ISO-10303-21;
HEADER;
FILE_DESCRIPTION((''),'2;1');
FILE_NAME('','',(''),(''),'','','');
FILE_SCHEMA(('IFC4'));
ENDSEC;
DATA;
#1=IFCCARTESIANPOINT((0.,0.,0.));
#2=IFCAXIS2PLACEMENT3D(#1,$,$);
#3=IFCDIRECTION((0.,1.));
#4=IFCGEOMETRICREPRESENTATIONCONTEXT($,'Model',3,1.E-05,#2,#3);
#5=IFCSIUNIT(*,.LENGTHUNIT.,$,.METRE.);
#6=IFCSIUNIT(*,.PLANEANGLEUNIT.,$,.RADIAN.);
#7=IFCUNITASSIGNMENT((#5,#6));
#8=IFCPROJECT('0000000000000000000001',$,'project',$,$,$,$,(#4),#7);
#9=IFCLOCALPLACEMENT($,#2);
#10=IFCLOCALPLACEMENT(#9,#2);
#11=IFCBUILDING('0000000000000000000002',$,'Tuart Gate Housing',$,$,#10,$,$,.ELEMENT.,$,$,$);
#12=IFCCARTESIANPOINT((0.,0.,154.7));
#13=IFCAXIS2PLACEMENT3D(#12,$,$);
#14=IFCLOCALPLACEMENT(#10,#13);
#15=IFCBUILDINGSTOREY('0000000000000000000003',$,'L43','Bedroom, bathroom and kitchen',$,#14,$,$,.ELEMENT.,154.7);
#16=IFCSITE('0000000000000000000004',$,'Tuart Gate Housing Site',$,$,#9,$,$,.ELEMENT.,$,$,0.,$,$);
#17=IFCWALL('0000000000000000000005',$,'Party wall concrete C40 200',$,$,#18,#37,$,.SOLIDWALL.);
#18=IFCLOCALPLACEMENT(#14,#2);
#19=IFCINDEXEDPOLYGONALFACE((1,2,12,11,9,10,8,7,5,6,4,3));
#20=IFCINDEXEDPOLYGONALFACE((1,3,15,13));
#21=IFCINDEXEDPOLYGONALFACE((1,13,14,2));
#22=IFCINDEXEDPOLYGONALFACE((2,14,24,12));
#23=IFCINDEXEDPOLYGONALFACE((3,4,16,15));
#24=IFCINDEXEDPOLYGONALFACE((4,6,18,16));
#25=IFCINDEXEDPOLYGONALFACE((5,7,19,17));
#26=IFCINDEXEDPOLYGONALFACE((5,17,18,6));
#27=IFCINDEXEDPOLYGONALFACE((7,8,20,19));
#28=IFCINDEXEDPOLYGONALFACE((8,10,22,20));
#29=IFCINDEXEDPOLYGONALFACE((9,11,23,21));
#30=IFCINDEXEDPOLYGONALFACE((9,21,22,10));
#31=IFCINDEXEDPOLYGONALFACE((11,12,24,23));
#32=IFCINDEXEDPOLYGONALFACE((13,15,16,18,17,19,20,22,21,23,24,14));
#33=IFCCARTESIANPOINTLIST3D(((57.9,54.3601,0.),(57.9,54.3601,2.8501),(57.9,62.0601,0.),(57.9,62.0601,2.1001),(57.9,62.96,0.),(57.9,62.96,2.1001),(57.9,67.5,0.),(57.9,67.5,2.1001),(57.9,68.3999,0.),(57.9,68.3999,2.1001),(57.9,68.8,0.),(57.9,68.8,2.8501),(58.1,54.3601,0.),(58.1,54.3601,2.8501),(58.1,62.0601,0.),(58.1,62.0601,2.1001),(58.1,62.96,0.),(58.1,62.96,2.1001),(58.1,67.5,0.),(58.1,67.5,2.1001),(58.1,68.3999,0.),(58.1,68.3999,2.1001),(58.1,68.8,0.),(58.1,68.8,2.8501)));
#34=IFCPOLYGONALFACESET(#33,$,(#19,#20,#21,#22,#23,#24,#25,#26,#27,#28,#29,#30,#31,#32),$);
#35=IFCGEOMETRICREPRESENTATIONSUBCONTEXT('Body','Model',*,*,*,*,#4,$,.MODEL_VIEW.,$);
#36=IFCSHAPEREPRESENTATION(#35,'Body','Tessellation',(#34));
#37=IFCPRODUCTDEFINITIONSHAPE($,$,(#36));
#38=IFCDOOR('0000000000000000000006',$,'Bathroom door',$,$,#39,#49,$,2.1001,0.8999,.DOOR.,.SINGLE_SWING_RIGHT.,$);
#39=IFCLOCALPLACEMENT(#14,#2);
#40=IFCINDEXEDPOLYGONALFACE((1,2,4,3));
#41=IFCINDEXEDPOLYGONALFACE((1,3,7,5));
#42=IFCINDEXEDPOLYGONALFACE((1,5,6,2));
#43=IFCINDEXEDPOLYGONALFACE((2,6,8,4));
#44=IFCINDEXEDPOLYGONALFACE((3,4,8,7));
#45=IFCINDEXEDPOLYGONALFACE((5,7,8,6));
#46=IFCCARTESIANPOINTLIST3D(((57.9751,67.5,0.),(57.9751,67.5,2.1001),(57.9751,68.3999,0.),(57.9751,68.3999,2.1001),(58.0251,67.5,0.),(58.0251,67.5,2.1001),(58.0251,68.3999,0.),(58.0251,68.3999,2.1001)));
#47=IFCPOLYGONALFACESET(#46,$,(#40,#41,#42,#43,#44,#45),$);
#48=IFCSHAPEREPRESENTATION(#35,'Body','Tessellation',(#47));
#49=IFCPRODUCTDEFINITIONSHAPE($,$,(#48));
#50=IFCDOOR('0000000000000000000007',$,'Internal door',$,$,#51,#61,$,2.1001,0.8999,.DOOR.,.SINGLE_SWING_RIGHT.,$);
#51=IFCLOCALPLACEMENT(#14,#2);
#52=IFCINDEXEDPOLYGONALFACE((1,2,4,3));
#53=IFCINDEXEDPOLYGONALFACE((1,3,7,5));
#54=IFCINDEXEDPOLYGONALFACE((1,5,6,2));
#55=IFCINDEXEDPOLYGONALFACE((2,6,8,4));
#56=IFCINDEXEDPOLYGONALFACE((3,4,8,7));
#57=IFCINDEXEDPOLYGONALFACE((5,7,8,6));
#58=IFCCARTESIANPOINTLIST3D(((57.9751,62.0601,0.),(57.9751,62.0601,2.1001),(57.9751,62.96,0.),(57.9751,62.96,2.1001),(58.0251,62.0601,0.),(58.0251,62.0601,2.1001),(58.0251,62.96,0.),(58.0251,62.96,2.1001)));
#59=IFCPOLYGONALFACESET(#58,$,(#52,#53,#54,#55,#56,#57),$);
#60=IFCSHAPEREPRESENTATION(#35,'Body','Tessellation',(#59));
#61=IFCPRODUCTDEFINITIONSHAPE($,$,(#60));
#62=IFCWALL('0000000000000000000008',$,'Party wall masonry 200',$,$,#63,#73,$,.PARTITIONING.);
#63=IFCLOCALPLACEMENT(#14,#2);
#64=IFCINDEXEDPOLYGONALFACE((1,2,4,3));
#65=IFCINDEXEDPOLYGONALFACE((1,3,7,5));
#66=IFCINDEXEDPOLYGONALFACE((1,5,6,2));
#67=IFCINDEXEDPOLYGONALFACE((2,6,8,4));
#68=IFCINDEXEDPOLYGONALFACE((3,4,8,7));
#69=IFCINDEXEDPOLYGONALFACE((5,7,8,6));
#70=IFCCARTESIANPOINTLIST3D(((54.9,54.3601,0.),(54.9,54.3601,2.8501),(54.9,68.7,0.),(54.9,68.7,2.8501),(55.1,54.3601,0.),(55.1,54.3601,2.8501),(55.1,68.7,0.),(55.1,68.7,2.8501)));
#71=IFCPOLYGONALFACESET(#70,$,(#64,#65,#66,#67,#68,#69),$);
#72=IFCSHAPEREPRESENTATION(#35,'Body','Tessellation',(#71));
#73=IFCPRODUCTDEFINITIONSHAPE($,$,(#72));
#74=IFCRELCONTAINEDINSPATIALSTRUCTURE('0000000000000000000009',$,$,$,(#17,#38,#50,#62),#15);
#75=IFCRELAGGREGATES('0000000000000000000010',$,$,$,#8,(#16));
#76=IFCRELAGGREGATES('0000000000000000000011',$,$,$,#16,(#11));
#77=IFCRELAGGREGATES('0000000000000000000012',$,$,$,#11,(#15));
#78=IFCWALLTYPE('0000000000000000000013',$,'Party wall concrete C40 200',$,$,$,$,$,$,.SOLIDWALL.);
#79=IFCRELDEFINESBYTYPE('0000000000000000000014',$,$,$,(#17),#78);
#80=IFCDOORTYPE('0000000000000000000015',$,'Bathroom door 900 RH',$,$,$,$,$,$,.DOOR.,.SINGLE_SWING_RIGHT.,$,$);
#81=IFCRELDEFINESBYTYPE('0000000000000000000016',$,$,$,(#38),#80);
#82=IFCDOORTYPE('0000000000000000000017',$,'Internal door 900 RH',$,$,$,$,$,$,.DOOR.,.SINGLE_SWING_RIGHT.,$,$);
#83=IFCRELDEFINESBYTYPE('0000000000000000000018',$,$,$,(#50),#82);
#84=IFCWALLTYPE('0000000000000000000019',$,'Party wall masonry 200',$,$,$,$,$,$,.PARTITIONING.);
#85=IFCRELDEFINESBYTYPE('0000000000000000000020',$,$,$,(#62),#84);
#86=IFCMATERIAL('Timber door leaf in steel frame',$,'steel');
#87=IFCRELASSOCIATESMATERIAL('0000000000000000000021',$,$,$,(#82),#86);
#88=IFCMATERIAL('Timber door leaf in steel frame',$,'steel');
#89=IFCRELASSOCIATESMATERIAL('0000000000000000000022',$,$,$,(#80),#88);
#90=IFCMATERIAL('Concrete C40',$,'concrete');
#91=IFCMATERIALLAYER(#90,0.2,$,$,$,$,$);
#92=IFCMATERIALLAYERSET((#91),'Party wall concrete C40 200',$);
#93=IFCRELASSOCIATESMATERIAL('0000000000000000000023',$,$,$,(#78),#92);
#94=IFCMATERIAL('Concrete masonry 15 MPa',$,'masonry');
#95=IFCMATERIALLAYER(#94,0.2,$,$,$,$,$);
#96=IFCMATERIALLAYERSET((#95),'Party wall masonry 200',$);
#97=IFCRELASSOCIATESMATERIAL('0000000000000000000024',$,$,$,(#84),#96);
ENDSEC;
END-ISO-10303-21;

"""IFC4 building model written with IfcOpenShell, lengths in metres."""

from ifc_helpers import new_model, si_unit, direction, frame, frame_2d, origin, place, context, subcontext, project, spatial, rectangle, extrude, material, layer, layer_set, type_object, element, fill, save


model = new_model("IFC4")

# Units and contexts
model_context = context("Model", 3, precision=1e-05, world=origin(), true_north=direction((0.0, 1.0)))
body_context = subcontext(model_context, "Body", "Model", "MODEL_VIEW")
ifc_project = project(units=[si_unit("LENGTHUNIT", "METRE"), si_unit("PLANEANGLEUNIT", "RADIAN")], contexts=[model_context])

# Site, building, storey
site_placement = place(None, origin())
site = spatial("IfcSite", under=ifc_project, at=site_placement, Name="Tuart Gate Housing Site", CompositionType="ELEMENT", RefElevation=0.0)
building_placement = place(site_placement, origin())
building = spatial("IfcBuilding", under=site, at=building_placement, Name="Tuart Gate Housing", CompositionType="ELEMENT")
storey_placement = place(building_placement, frame((0.0, 0.0, 154.7)))
storey = spatial("IfcBuildingStorey", under=building, at=storey_placement, Name="L43", Description="Bedroom, bathroom and kitchen", CompositionType="ELEMENT", Elevation=154.7)

# Shared definitions
ifc_material_1 = material(Name="Timber door leaf in steel frame", Category="steel")
door_type_1 = type_object("IfcDoorType", Name="Internal door 900 RH", OperationType="SINGLE_SWING_RIGHT", PredefinedType="DOOR", material=ifc_material_1)

# Shared definitions
ifc_material_2 = material(Name="Timber door leaf in steel frame", Category="steel")
door_type_2 = type_object("IfcDoorType", Name="Bathroom door 900 RH", OperationType="SINGLE_SWING_RIGHT", PredefinedType="DOOR", material=ifc_material_2)

# Shared definitions
ifc_material_3 = material(Name="Concrete C40", Category="concrete")
ifc_layer_1 = layer(ifc_material_3, 0.2)
ifc_layer_set_1 = layer_set([ifc_layer_1], Name="Party wall concrete C40 200")
wall_type_1 = type_object("IfcWallType", Name="Party wall concrete C40 200", PredefinedType="SOLIDWALL", material=ifc_layer_set_1)

# Wall, openings, doors
wall_1_placement = place(storey_placement, frame((58.0, 54.3601, 0.0), z_axis=(0.0, 0.0, 1.0), x_axis=(0.0, 1.0, 0.0)))
wall_1 = element("IfcWall", 1, at=wall_1_placement, inside=storey, type_object=wall_type_1, Name="Party wall concrete C40 200", PredefinedType="SOLIDWALL", context=body_context, shape_type="SweptSolid", body=[
    extrude(rectangle(XDim=14.4399, YDim=0.2, at=frame_2d((7.22, 0.0))), origin(), (0.0, 0.0, 1.0), 2.8501),
])
opening_1_placement = place(wall_1_placement, frame((7.7, 0.0, 0.0)))
opening_1 = element("IfcOpeningElement", 2, at=opening_1_placement, cuts=wall_1, PredefinedType="OPENING", context=body_context, shape_type="SweptSolid", body=[
    extrude(rectangle(XDim=0.8999, YDim=2.1001, at=frame_2d((0.45, 1.05))), frame((0.0, 0.1099, 0.0), z_axis=(0.0, -1.0, 0.0), x_axis=(1.0, 0.0, 0.0)), (0.0, 0.0, 1.0), 0.22),
])
opening_2_placement = place(wall_1_placement, frame((13.1399, 0.0, 0.0)))
opening_2 = element("IfcOpeningElement", 3, at=opening_2_placement, cuts=wall_1, PredefinedType="OPENING", context=body_context, shape_type="SweptSolid", body=[
    extrude(rectangle(XDim=0.8999, YDim=2.1001, at=frame_2d((0.45, 1.05))), frame((0.0, 0.1099, 0.0), z_axis=(0.0, -1.0, 0.0), x_axis=(1.0, 0.0, 0.0)), (0.0, 0.0, 1.0), 0.22),
])
door_1_placement = place(opening_2_placement, origin())
door_1 = element("IfcDoor", 4, at=door_1_placement, inside=storey, type_object=door_type_2, Name="Bathroom door", OperationType="SINGLE_SWING_RIGHT", OverallHeight=2.1001, OverallWidth=0.8999, PredefinedType="DOOR", context=body_context, shape_type="SweptSolid", body=[
    extrude(rectangle(XDim=0.8999, YDim=2.1001, at=frame_2d((0.45, 1.05))), frame((0.0, 0.0249, 0.0), z_axis=(0.0, -1.0, 0.0), x_axis=(1.0, 0.0, 0.0)), (0.0, 0.0, 1.0), 0.05),
])
fill(opening_2, door_1)
door_2_placement = place(opening_1_placement, origin())
door_2 = element("IfcDoor", 5, at=door_2_placement, inside=storey, type_object=door_type_1, Name="Internal door", OperationType="SINGLE_SWING_RIGHT", OverallHeight=2.1001, OverallWidth=0.8999, PredefinedType="DOOR", context=body_context, shape_type="SweptSolid", body=[
    extrude(rectangle(XDim=0.8999, YDim=2.1001, at=frame_2d((0.45, 1.05))), frame((0.0, 0.0249, 0.0), z_axis=(0.0, -1.0, 0.0), x_axis=(1.0, 0.0, 0.0)), (0.0, 0.0, 1.0), 0.05),
])
fill(opening_1, door_2)

# Wall
ifc_material_4 = material(Name="Concrete masonry 15 MPa", Category="masonry")
ifc_layer_2 = layer(ifc_material_4, 0.2)
ifc_layer_set_2 = layer_set([ifc_layer_2], Name="Party wall masonry 200")
wall_type_2 = type_object("IfcWallType", Name="Party wall masonry 200", PredefinedType="PARTITIONING", material=ifc_layer_set_2)
wall_2_placement = place(storey_placement, frame((55.0, 54.3601, 0.0), z_axis=(0.0, 0.0, 1.0), x_axis=(0.0, 1.0, 0.0)))
element("IfcWall", 6, at=wall_2_placement, inside=storey, type_object=wall_type_2, Name="Party wall masonry 200", PredefinedType="PARTITIONING", context=body_context, shape_type="SweptSolid", body=[
    extrude(rectangle(XDim=14.3398, YDim=0.2, at=frame_2d((7.1699, 0.0))), origin(), (0.0, 0.0, 1.0), 2.8501),
])

save(model, "model.ifc")
